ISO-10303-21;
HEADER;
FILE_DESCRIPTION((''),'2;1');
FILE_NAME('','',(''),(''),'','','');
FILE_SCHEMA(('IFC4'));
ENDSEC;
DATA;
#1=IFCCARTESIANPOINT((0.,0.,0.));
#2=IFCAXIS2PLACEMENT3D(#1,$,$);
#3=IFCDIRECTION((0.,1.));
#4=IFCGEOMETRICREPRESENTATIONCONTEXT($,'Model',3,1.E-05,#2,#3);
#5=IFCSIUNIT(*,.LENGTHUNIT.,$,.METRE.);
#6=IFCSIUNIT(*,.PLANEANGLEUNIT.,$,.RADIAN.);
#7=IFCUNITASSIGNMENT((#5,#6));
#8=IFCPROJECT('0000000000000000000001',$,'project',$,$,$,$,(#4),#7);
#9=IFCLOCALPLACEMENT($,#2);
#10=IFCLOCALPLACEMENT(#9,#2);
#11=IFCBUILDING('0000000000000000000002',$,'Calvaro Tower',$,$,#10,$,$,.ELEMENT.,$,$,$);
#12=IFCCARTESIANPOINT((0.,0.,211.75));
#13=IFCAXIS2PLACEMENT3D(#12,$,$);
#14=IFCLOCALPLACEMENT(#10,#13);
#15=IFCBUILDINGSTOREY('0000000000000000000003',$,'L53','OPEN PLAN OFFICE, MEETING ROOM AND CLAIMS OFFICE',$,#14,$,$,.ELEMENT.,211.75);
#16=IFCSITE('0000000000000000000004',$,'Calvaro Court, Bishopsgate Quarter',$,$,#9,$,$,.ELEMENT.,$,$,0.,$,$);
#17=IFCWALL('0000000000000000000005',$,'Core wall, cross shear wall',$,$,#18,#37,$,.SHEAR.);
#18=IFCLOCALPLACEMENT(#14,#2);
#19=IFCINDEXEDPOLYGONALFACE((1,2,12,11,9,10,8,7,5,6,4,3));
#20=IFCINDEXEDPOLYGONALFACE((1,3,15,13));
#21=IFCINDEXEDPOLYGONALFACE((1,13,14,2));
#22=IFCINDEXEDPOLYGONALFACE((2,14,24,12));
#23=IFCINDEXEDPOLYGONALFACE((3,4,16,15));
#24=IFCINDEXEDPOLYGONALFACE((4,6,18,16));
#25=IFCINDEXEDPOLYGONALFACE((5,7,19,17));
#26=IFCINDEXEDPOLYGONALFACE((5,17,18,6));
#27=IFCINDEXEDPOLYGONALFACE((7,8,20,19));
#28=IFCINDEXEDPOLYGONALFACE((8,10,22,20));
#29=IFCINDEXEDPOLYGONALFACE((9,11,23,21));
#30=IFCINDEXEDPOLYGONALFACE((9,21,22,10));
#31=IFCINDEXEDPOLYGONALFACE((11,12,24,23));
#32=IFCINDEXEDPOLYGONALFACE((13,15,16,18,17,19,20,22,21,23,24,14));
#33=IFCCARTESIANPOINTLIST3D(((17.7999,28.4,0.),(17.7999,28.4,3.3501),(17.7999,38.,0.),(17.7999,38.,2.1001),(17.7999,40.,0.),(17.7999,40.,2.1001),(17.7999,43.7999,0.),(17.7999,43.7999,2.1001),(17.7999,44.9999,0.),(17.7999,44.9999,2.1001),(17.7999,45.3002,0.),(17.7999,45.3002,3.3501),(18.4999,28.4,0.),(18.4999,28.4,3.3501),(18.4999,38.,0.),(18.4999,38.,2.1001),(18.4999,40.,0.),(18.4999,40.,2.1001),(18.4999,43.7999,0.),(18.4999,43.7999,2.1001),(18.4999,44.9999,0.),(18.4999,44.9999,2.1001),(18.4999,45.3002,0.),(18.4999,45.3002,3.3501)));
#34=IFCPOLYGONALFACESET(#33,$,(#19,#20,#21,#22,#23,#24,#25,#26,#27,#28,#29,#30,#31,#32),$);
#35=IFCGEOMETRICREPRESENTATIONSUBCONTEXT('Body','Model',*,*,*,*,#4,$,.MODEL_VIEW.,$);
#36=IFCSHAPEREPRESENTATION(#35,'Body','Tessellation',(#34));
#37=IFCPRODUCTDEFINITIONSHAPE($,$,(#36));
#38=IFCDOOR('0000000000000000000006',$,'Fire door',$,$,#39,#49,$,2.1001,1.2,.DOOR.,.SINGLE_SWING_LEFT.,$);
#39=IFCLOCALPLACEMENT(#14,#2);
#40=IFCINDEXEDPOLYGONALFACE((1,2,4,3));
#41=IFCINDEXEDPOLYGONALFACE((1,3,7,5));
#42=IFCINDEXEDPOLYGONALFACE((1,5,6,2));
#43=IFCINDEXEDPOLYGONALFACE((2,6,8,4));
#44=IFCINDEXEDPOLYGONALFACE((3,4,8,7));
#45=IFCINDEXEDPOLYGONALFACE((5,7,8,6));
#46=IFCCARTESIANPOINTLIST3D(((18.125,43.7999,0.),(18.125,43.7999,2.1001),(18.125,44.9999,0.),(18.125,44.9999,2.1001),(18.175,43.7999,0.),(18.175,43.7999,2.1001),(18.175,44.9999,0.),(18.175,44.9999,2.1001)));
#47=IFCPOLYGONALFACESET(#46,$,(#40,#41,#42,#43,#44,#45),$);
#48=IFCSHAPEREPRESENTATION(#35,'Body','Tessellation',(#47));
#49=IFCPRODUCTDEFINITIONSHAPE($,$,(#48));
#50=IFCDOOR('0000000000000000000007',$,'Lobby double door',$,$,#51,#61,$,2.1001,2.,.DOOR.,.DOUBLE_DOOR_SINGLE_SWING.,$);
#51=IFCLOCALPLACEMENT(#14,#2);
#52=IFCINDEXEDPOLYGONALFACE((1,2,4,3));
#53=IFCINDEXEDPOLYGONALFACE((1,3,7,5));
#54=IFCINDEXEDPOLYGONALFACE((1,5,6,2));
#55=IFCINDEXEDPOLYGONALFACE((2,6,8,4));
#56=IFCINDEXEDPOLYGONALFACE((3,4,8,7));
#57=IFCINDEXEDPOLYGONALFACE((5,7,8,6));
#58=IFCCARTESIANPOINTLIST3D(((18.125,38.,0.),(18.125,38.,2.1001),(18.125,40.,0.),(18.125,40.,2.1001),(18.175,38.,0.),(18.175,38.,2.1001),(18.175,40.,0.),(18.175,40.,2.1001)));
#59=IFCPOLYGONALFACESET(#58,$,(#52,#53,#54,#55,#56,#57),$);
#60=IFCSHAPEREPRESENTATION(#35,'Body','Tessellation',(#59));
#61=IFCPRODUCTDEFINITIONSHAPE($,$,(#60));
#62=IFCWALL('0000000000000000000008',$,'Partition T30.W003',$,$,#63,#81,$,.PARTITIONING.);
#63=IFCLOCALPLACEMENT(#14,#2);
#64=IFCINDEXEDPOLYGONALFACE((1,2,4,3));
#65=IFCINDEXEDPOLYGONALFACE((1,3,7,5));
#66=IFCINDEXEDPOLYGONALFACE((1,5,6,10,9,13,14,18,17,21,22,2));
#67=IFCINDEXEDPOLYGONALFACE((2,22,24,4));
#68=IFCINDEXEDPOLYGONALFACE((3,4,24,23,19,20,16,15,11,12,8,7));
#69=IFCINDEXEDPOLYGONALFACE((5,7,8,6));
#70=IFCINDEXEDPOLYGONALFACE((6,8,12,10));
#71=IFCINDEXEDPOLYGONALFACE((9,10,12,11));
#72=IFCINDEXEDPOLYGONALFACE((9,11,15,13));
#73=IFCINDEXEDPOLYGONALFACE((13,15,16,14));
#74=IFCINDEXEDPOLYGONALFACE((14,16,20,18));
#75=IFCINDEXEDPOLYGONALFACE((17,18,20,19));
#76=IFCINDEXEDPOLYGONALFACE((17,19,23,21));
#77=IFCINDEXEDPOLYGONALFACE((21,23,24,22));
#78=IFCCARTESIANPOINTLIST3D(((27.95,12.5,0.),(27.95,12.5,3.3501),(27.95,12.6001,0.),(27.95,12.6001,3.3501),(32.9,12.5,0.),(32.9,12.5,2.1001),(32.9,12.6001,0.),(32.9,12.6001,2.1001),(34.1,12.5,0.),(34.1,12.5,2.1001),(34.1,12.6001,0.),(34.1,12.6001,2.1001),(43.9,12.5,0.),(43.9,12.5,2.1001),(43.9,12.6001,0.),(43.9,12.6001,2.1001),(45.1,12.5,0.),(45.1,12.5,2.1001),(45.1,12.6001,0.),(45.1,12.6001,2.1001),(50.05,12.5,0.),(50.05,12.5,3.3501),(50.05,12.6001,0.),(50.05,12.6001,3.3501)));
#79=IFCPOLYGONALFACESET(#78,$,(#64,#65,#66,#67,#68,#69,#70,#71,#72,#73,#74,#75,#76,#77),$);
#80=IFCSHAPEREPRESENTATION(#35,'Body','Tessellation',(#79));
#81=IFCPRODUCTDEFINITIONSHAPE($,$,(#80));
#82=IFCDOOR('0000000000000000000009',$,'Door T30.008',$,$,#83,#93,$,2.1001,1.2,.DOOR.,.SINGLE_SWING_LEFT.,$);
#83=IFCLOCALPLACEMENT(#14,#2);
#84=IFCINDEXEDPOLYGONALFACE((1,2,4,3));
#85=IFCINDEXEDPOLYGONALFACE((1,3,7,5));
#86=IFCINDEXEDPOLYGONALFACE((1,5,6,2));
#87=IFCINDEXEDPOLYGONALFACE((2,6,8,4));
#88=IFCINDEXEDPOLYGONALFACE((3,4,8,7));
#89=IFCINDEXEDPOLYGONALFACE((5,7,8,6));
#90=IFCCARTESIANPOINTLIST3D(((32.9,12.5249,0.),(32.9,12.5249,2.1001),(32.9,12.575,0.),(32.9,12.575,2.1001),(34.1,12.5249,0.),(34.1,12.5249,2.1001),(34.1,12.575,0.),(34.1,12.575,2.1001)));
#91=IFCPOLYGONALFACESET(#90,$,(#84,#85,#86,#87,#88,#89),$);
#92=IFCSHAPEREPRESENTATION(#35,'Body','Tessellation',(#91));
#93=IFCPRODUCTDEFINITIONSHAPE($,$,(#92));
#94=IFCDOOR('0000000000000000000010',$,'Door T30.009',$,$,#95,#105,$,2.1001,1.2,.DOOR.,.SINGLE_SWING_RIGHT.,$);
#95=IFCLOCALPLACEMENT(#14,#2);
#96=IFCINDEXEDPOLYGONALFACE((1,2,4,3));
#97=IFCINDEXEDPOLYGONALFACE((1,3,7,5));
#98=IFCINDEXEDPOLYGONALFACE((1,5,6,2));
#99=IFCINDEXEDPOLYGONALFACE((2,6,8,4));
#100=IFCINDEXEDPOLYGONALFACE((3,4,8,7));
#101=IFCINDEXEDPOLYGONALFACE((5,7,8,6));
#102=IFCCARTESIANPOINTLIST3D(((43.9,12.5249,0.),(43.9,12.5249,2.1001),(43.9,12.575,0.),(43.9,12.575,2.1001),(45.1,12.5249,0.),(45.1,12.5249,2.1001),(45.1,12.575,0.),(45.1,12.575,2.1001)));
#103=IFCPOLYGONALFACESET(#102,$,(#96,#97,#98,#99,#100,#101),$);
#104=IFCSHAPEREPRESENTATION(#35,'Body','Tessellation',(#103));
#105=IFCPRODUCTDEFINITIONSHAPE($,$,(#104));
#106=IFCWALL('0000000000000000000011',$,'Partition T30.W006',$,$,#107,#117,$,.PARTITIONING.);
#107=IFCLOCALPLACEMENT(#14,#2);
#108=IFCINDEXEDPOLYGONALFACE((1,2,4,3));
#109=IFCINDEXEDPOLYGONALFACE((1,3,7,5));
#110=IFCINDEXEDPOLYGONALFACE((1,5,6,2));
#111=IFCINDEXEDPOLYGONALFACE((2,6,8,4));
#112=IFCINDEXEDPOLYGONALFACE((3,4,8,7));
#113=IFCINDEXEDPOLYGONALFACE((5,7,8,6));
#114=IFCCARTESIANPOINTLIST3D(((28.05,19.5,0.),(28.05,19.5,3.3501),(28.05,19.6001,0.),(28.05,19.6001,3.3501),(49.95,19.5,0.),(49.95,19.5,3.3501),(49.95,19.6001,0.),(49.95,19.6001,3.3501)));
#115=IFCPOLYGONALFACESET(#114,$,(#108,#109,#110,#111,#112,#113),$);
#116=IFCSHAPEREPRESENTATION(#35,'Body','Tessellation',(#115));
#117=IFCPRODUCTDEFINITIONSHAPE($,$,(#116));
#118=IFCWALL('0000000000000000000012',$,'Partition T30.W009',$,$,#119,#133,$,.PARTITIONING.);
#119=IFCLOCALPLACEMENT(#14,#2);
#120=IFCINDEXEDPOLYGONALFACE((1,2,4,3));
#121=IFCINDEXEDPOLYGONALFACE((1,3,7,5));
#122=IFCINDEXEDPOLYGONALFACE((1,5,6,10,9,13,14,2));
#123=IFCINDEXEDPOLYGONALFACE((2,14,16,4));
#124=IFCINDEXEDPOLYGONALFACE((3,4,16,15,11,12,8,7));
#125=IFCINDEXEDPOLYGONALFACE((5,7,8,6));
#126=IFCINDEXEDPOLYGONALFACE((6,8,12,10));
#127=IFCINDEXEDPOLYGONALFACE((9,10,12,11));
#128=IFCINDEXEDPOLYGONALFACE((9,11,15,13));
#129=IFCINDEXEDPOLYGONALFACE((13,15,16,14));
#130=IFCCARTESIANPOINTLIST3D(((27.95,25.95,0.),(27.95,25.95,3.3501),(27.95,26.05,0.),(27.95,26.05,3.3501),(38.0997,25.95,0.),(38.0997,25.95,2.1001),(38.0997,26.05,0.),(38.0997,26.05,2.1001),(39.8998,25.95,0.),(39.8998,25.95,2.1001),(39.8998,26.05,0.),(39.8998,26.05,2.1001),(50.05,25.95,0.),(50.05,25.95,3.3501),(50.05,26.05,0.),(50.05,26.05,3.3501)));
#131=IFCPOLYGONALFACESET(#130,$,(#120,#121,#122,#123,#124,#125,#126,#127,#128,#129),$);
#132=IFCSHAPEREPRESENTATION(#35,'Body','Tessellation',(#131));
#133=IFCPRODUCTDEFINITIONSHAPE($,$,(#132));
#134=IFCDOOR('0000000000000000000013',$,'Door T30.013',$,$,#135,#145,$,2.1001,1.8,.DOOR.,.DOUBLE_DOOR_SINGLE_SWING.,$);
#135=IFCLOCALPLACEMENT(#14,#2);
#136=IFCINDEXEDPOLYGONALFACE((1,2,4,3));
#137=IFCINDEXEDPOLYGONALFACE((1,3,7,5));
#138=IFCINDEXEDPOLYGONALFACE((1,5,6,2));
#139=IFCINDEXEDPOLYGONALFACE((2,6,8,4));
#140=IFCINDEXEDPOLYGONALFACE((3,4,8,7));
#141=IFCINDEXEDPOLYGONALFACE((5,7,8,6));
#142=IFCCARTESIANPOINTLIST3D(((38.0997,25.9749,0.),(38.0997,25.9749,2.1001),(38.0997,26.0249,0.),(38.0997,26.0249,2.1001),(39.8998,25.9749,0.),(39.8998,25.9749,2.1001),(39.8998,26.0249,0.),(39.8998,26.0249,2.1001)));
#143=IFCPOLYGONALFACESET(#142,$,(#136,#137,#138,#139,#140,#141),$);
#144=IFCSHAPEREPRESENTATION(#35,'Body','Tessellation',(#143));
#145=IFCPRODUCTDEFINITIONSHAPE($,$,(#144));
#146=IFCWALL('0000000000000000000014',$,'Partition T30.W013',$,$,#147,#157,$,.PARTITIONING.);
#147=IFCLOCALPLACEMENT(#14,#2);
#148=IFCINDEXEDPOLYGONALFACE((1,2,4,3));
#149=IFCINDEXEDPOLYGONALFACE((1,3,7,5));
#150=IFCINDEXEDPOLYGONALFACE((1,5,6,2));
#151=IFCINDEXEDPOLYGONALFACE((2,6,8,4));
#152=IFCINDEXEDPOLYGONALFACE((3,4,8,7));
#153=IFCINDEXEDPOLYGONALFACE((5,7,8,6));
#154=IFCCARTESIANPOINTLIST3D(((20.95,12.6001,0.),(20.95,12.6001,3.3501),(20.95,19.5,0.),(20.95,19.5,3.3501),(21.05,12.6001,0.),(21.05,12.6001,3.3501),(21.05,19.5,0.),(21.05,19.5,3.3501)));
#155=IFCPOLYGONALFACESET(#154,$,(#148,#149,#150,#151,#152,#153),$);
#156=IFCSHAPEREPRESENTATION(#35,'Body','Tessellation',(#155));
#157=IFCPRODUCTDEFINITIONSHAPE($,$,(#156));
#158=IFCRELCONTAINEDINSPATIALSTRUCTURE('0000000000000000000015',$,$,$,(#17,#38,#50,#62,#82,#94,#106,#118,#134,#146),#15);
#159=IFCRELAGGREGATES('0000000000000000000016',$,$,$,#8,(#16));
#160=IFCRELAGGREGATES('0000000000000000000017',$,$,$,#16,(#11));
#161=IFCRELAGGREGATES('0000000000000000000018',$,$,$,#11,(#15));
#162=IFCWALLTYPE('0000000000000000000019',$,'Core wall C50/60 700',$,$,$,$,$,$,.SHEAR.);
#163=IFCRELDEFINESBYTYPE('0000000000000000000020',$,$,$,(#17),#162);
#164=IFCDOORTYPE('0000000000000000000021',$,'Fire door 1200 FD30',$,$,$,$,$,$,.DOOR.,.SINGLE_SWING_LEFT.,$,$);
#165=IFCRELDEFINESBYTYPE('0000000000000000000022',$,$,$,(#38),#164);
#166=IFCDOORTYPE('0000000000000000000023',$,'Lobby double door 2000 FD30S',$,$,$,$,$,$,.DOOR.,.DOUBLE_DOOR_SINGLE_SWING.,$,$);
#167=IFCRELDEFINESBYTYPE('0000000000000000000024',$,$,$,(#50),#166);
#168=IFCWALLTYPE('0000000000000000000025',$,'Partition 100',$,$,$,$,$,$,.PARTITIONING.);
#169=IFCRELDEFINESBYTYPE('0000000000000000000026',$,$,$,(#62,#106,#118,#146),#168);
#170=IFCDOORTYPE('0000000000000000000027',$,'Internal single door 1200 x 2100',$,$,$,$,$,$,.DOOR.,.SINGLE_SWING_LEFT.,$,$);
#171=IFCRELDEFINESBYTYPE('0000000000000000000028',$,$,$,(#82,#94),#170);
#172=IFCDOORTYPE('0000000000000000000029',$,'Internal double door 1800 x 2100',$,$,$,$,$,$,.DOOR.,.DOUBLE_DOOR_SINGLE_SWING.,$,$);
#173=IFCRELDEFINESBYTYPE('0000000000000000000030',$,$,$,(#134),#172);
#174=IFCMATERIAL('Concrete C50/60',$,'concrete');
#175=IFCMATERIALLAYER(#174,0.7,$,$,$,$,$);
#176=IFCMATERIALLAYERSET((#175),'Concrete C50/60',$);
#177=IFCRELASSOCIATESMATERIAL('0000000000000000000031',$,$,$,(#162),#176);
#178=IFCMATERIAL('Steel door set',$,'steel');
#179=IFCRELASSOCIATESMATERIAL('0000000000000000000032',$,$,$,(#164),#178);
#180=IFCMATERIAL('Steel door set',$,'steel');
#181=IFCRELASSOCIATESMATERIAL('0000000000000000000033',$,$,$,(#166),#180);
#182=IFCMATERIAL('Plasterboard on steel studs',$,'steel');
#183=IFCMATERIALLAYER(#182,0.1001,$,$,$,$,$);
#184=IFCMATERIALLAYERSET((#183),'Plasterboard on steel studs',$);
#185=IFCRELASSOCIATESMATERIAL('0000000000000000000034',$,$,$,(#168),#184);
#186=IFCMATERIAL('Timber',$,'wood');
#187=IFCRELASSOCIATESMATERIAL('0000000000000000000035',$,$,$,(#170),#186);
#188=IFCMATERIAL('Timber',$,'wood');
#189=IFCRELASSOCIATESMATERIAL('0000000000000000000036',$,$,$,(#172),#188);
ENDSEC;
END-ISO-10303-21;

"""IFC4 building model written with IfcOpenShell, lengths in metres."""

from ifc_helpers import new_model, si_unit, direction, frame, frame_2d, origin, place, context, subcontext, project, spatial, rectangle, extrude, material, layer, layer_set, type_object, element, fill, save


model = new_model("IFC4")

# Units and contexts
model_context = context("Model", 3, precision=1e-05, world=origin(), true_north=direction((0.0, 1.0)))
body_context = subcontext(model_context, "Body", "Model", "MODEL_VIEW")
ifc_project = project(units=[si_unit("LENGTHUNIT", "METRE"), si_unit("PLANEANGLEUNIT", "RADIAN")], contexts=[model_context])

# Site, building, storey
site_placement = place(None, origin())
site = spatial("IfcSite", under=ifc_project, at=site_placement, Name="Calvaro Court, Bishopsgate Quarter", CompositionType="ELEMENT", RefElevation=0.0)
building_placement = place(site_placement, origin())
building = spatial("IfcBuilding", under=site, at=building_placement, Name="Calvaro Tower", CompositionType="ELEMENT")
storey_placement = place(building_placement, frame((0.0, 0.0, 211.75)))
storey = spatial("IfcBuildingStorey", under=building, at=storey_placement, Name="L53", Description="OPEN PLAN OFFICE, MEETING ROOM AND CLAIMS OFFICE", CompositionType="ELEMENT", Elevation=211.75)

# Walls, openings, doors
ifc_material_1 = material(Name="Concrete C50/60", Category="concrete")
ifc_layer_1 = layer(ifc_material_1, 0.7)
ifc_layer_set_1 = layer_set([ifc_layer_1], Name="Concrete C50/60")
wall_type_1 = type_object("IfcWallType", Name="Core wall C50/60 700", PredefinedType="SHEAR", material=ifc_layer_set_1)
wall_1_placement = place(storey_placement, frame((18.1499, 28.3999, 0.0), z_axis=(0.0, 0.0, 1.0), x_axis=(0.0, 1.0, 0.0)))
wall_1 = element("IfcWall", 1, at=wall_1_placement, inside=storey, type_object=wall_type_1, Name="Core wall, cross shear wall", PredefinedType="SHEAR", context=body_context, shape_type="SweptSolid", body=[
    extrude(rectangle(XDim=16.9001, YDim=0.7, at=frame_2d((8.4502, 0.0))), origin(), (0.0, 0.0, 1.0), 3.3501),
])
opening_1_placement = place(wall_1_placement, frame((9.6001, 0.0, 0.0)))
opening_1 = element("IfcOpeningElement", 2, at=opening_1_placement, cuts=wall_1, PredefinedType="OPENING", context=body_context, shape_type="SweptSolid", body=[
    extrude(rectangle(XDim=2.0, YDim=2.1001, at=frame_2d((1.0, 1.05))), frame((0.0, 0.3599, 0.0), z_axis=(0.0, -1.0, 0.0), x_axis=(1.0, 0.0, 0.0)), (0.0, 0.0, 1.0), 0.72),
])
opening_2_placement = place(wall_1_placement, frame((15.3999, 0.0, 0.0)))
opening_2 = element("IfcOpeningElement", 3, at=opening_2_placement, cuts=wall_1, PredefinedType="OPENING", context=body_context, shape_type="SweptSolid", body=[
    extrude(rectangle(XDim=1.2, YDim=2.1001, at=frame_2d((0.6001, 1.05))), frame((0.0, 0.3599, 0.0), z_axis=(0.0, -1.0, 0.0), x_axis=(1.0, 0.0, 0.0)), (0.0, 0.0, 1.0), 0.72),
])
ifc_material_2 = material(Name="Steel door set", Category="steel")
door_type_1 = type_object("IfcDoorType", Name="Fire door 1200 FD30", OperationType="SINGLE_SWING_LEFT", PredefinedType="DOOR", material=ifc_material_2)
door_1_placement = place(opening_2_placement, origin())
door_1 = element("IfcDoor", 4, at=door_1_placement, inside=storey, type_object=door_type_1, Name="Fire door", OperationType="SINGLE_SWING_LEFT", OverallHeight=2.1001, OverallWidth=1.2, PredefinedType="DOOR", context=body_context, shape_type="SweptSolid", body=[
    extrude(rectangle(XDim=1.2, YDim=2.1001, at=frame_2d((0.6001, 1.05))), frame((0.0, 0.0249, 0.0), z_axis=(0.0, -1.0, 0.0), x_axis=(1.0, 0.0, 0.0)), (0.0, 0.0, 1.0), 0.05),
])
fill(opening_2, door_1)
ifc_material_3 = material(Name="Steel door set", Category="steel")
door_type_2 = type_object("IfcDoorType", Name="Lobby double door 2000 FD30S", OperationType="DOUBLE_DOOR_SINGLE_SWING", PredefinedType="DOOR", material=ifc_material_3)
door_2_placement = place(opening_1_placement, origin())
door_2 = element("IfcDoor", 5, at=door_2_placement, inside=storey, type_object=door_type_2, Name="Lobby double door", OperationType="DOUBLE_DOOR_SINGLE_SWING", OverallHeight=2.1001, OverallWidth=2.0, PredefinedType="DOOR", context=body_context, shape_type="SweptSolid", body=[
    extrude(rectangle(XDim=2.0, YDim=2.1001, at=frame_2d((1.0, 1.05))), frame((0.0, 0.0249, 0.0), z_axis=(0.0, -1.0, 0.0), x_axis=(1.0, 0.0, 0.0)), (0.0, 0.0, 1.0), 0.05),
])
fill(opening_1, door_2)
ifc_material_4 = material(Name="Plasterboard on steel studs", Category="steel")
ifc_layer_2 = layer(ifc_material_4, 0.1001)
ifc_layer_set_2 = layer_set([ifc_layer_2], Name="Plasterboard on steel studs")
wall_type_2 = type_object("IfcWallType", Name="Partition 100", PredefinedType="PARTITIONING", material=ifc_layer_set_2)
wall_2_placement = place(storey_placement, frame((27.95, 12.55, 0.0), z_axis=(0.0, 0.0, 1.0), x_axis=(1.0, 0.0, 0.0)))
wall_2 = element("IfcWall", 6, at=wall_2_placement, inside=storey, type_object=wall_type_2, Name="Partition T30.W003", PredefinedType="PARTITIONING", context=body_context, shape_type="SweptSolid", body=[
    extrude(rectangle(XDim=22.1001, YDim=0.1001, at=frame_2d((11.05, 0.0))), origin(), (0.0, 0.0, 1.0), 3.3501),
])
opening_3_placement = place(wall_2_placement, frame((4.95, 0.0, 0.0)))
opening_3 = element("IfcOpeningElement", 7, at=opening_3_placement, cuts=wall_2, PredefinedType="OPENING", context=body_context, shape_type="SweptSolid", body=[
    extrude(rectangle(XDim=1.2, YDim=2.1001, at=frame_2d((0.6001, 1.05))), frame((0.0, 0.0601, 0.0), z_axis=(0.0, -1.0, 0.0), x_axis=(1.0, 0.0, 0.0)), (0.0, 0.0, 1.0), 0.1201),
])
opening_4_placement = place(wall_2_placement, frame((15.95, 0.0, 0.0)))
opening_4 = element("IfcOpeningElement", 8, at=opening_4_placement, cuts=wall_2, PredefinedType="OPENING", context=body_context, shape_type="SweptSolid", body=[
    extrude(rectangle(XDim=1.2, YDim=2.1001, at=frame_2d((0.6001, 1.05))), frame((0.0, 0.0601, 0.0), z_axis=(0.0, -1.0, 0.0), x_axis=(1.0, 0.0, 0.0)), (0.0, 0.0, 1.0), 0.1201),
])
ifc_material_5 = material(Name="Timber", Category="wood")
door_type_3 = type_object("IfcDoorType", Name="Internal single door 1200 x 2100", OperationType="SINGLE_SWING_LEFT", PredefinedType="DOOR", material=ifc_material_5)
door_3_placement = place(opening_3_placement, origin())
door_3 = element("IfcDoor", 9, at=door_3_placement, inside=storey, type_object=door_type_3, Name="Door T30.008", OperationType="SINGLE_SWING_LEFT", OverallHeight=2.1001, OverallWidth=1.2, PredefinedType="DOOR", context=body_context, shape_type="SweptSolid", body=[
    extrude(rectangle(XDim=1.2, YDim=2.1001, at=frame_2d((0.6001, 1.05))), frame((0.0, 0.0249, 0.0), z_axis=(0.0, -1.0, 0.0), x_axis=(1.0, 0.0, 0.0)), (0.0, 0.0, 1.0), 0.05),
])
fill(opening_3, door_3)
door_4_placement = place(opening_4_placement, origin())
door_4 = element("IfcDoor", 10, at=door_4_placement, inside=storey, type_object=door_type_3, Name="Door T30.009", OperationType="SINGLE_SWING_RIGHT", OverallHeight=2.1001, OverallWidth=1.2, PredefinedType="DOOR", context=body_context, shape_type="SweptSolid", body=[
    extrude(rectangle(XDim=1.2, YDim=2.1001, at=frame_2d((0.6001, 1.05))), frame((0.0, 0.0249, 0.0), z_axis=(0.0, -1.0, 0.0), x_axis=(1.0, 0.0, 0.0)), (0.0, 0.0, 1.0), 0.05),
])
fill(opening_4, door_4)

# Wall
wall_3_placement = place(storey_placement, frame((28.05, 19.55, 0.0), z_axis=(0.0, 0.0, 1.0), x_axis=(1.0, 0.0, 0.0)))
element("IfcWall", 11, at=wall_3_placement, inside=storey, type_object=wall_type_2, Name="Partition T30.W006", PredefinedType="PARTITIONING", context=body_context, shape_type="SweptSolid", body=[
    extrude(rectangle(XDim=21.8999, YDim=0.1001, at=frame_2d((10.95, 0.0))), origin(), (0.0, 0.0, 1.0), 3.3501),
])

# Wall, opening, door
wall_4_placement = place(storey_placement, frame((27.95, 26.0, 0.0), z_axis=(0.0, 0.0, 1.0), x_axis=(1.0, 0.0, 0.0)))
wall_4 = element("IfcWall", 12, at=wall_4_placement, inside=storey, type_object=wall_type_2, Name="Partition T30.W009", PredefinedType="PARTITIONING", context=body_context, shape_type="SweptSolid", body=[
    extrude(rectangle(XDim=22.1001, YDim=0.1001, at=frame_2d((11.05, 0.0))), origin(), (0.0, 0.0, 1.0), 3.3501),
])
opening_5_placement = place(wall_4_placement, frame((10.1499, 0.0, 0.0)))
opening_5 = element("IfcOpeningElement", 13, at=opening_5_placement, cuts=wall_4, PredefinedType="OPENING", context=body_context, shape_type="SweptSolid", body=[
    extrude(rectangle(XDim=1.8, YDim=2.1001, at=frame_2d((0.8999, 1.05))), frame((0.0, 0.0601, 0.0), z_axis=(0.0, -1.0, 0.0), x_axis=(1.0, 0.0, 0.0)), (0.0, 0.0, 1.0), 0.1201),
])
ifc_material_6 = material(Name="Timber", Category="wood")
door_type_4 = type_object("IfcDoorType", Name="Internal double door 1800 x 2100", OperationType="DOUBLE_DOOR_SINGLE_SWING", PredefinedType="DOOR", material=ifc_material_6)
door_5_placement = place(opening_5_placement, origin())
door_5 = element("IfcDoor", 14, at=door_5_placement, inside=storey, type_object=door_type_4, Name="Door T30.013", OperationType="DOUBLE_DOOR_SINGLE_SWING", OverallHeight=2.1001, OverallWidth=1.8, PredefinedType="DOOR", context=body_context, shape_type="SweptSolid", body=[
    extrude(rectangle(XDim=1.8, YDim=2.1001, at=frame_2d((0.8999, 1.05))), frame((0.0, 0.0249, 0.0), z_axis=(0.0, -1.0, 0.0), x_axis=(1.0, 0.0, 0.0)), (0.0, 0.0, 1.0), 0.05),
])
fill(opening_5, door_5)

# Wall
wall_5_placement = place(storey_placement, frame((21.0, 12.6001, 0.0), z_axis=(0.0, 0.0, 1.0), x_axis=(0.0, 1.0, 0.0)))
element("IfcWall", 15, at=wall_5_placement, inside=storey, type_object=wall_type_2, Name="Partition T30.W013", PredefinedType="PARTITIONING", context=body_context, shape_type="SweptSolid", body=[
    extrude(rectangle(XDim=6.8999, YDim=0.1001, at=frame_2d((3.45, 0.0))), origin(), (0.0, 0.0, 1.0), 3.3501),
])

save(model, "model.ifc")
